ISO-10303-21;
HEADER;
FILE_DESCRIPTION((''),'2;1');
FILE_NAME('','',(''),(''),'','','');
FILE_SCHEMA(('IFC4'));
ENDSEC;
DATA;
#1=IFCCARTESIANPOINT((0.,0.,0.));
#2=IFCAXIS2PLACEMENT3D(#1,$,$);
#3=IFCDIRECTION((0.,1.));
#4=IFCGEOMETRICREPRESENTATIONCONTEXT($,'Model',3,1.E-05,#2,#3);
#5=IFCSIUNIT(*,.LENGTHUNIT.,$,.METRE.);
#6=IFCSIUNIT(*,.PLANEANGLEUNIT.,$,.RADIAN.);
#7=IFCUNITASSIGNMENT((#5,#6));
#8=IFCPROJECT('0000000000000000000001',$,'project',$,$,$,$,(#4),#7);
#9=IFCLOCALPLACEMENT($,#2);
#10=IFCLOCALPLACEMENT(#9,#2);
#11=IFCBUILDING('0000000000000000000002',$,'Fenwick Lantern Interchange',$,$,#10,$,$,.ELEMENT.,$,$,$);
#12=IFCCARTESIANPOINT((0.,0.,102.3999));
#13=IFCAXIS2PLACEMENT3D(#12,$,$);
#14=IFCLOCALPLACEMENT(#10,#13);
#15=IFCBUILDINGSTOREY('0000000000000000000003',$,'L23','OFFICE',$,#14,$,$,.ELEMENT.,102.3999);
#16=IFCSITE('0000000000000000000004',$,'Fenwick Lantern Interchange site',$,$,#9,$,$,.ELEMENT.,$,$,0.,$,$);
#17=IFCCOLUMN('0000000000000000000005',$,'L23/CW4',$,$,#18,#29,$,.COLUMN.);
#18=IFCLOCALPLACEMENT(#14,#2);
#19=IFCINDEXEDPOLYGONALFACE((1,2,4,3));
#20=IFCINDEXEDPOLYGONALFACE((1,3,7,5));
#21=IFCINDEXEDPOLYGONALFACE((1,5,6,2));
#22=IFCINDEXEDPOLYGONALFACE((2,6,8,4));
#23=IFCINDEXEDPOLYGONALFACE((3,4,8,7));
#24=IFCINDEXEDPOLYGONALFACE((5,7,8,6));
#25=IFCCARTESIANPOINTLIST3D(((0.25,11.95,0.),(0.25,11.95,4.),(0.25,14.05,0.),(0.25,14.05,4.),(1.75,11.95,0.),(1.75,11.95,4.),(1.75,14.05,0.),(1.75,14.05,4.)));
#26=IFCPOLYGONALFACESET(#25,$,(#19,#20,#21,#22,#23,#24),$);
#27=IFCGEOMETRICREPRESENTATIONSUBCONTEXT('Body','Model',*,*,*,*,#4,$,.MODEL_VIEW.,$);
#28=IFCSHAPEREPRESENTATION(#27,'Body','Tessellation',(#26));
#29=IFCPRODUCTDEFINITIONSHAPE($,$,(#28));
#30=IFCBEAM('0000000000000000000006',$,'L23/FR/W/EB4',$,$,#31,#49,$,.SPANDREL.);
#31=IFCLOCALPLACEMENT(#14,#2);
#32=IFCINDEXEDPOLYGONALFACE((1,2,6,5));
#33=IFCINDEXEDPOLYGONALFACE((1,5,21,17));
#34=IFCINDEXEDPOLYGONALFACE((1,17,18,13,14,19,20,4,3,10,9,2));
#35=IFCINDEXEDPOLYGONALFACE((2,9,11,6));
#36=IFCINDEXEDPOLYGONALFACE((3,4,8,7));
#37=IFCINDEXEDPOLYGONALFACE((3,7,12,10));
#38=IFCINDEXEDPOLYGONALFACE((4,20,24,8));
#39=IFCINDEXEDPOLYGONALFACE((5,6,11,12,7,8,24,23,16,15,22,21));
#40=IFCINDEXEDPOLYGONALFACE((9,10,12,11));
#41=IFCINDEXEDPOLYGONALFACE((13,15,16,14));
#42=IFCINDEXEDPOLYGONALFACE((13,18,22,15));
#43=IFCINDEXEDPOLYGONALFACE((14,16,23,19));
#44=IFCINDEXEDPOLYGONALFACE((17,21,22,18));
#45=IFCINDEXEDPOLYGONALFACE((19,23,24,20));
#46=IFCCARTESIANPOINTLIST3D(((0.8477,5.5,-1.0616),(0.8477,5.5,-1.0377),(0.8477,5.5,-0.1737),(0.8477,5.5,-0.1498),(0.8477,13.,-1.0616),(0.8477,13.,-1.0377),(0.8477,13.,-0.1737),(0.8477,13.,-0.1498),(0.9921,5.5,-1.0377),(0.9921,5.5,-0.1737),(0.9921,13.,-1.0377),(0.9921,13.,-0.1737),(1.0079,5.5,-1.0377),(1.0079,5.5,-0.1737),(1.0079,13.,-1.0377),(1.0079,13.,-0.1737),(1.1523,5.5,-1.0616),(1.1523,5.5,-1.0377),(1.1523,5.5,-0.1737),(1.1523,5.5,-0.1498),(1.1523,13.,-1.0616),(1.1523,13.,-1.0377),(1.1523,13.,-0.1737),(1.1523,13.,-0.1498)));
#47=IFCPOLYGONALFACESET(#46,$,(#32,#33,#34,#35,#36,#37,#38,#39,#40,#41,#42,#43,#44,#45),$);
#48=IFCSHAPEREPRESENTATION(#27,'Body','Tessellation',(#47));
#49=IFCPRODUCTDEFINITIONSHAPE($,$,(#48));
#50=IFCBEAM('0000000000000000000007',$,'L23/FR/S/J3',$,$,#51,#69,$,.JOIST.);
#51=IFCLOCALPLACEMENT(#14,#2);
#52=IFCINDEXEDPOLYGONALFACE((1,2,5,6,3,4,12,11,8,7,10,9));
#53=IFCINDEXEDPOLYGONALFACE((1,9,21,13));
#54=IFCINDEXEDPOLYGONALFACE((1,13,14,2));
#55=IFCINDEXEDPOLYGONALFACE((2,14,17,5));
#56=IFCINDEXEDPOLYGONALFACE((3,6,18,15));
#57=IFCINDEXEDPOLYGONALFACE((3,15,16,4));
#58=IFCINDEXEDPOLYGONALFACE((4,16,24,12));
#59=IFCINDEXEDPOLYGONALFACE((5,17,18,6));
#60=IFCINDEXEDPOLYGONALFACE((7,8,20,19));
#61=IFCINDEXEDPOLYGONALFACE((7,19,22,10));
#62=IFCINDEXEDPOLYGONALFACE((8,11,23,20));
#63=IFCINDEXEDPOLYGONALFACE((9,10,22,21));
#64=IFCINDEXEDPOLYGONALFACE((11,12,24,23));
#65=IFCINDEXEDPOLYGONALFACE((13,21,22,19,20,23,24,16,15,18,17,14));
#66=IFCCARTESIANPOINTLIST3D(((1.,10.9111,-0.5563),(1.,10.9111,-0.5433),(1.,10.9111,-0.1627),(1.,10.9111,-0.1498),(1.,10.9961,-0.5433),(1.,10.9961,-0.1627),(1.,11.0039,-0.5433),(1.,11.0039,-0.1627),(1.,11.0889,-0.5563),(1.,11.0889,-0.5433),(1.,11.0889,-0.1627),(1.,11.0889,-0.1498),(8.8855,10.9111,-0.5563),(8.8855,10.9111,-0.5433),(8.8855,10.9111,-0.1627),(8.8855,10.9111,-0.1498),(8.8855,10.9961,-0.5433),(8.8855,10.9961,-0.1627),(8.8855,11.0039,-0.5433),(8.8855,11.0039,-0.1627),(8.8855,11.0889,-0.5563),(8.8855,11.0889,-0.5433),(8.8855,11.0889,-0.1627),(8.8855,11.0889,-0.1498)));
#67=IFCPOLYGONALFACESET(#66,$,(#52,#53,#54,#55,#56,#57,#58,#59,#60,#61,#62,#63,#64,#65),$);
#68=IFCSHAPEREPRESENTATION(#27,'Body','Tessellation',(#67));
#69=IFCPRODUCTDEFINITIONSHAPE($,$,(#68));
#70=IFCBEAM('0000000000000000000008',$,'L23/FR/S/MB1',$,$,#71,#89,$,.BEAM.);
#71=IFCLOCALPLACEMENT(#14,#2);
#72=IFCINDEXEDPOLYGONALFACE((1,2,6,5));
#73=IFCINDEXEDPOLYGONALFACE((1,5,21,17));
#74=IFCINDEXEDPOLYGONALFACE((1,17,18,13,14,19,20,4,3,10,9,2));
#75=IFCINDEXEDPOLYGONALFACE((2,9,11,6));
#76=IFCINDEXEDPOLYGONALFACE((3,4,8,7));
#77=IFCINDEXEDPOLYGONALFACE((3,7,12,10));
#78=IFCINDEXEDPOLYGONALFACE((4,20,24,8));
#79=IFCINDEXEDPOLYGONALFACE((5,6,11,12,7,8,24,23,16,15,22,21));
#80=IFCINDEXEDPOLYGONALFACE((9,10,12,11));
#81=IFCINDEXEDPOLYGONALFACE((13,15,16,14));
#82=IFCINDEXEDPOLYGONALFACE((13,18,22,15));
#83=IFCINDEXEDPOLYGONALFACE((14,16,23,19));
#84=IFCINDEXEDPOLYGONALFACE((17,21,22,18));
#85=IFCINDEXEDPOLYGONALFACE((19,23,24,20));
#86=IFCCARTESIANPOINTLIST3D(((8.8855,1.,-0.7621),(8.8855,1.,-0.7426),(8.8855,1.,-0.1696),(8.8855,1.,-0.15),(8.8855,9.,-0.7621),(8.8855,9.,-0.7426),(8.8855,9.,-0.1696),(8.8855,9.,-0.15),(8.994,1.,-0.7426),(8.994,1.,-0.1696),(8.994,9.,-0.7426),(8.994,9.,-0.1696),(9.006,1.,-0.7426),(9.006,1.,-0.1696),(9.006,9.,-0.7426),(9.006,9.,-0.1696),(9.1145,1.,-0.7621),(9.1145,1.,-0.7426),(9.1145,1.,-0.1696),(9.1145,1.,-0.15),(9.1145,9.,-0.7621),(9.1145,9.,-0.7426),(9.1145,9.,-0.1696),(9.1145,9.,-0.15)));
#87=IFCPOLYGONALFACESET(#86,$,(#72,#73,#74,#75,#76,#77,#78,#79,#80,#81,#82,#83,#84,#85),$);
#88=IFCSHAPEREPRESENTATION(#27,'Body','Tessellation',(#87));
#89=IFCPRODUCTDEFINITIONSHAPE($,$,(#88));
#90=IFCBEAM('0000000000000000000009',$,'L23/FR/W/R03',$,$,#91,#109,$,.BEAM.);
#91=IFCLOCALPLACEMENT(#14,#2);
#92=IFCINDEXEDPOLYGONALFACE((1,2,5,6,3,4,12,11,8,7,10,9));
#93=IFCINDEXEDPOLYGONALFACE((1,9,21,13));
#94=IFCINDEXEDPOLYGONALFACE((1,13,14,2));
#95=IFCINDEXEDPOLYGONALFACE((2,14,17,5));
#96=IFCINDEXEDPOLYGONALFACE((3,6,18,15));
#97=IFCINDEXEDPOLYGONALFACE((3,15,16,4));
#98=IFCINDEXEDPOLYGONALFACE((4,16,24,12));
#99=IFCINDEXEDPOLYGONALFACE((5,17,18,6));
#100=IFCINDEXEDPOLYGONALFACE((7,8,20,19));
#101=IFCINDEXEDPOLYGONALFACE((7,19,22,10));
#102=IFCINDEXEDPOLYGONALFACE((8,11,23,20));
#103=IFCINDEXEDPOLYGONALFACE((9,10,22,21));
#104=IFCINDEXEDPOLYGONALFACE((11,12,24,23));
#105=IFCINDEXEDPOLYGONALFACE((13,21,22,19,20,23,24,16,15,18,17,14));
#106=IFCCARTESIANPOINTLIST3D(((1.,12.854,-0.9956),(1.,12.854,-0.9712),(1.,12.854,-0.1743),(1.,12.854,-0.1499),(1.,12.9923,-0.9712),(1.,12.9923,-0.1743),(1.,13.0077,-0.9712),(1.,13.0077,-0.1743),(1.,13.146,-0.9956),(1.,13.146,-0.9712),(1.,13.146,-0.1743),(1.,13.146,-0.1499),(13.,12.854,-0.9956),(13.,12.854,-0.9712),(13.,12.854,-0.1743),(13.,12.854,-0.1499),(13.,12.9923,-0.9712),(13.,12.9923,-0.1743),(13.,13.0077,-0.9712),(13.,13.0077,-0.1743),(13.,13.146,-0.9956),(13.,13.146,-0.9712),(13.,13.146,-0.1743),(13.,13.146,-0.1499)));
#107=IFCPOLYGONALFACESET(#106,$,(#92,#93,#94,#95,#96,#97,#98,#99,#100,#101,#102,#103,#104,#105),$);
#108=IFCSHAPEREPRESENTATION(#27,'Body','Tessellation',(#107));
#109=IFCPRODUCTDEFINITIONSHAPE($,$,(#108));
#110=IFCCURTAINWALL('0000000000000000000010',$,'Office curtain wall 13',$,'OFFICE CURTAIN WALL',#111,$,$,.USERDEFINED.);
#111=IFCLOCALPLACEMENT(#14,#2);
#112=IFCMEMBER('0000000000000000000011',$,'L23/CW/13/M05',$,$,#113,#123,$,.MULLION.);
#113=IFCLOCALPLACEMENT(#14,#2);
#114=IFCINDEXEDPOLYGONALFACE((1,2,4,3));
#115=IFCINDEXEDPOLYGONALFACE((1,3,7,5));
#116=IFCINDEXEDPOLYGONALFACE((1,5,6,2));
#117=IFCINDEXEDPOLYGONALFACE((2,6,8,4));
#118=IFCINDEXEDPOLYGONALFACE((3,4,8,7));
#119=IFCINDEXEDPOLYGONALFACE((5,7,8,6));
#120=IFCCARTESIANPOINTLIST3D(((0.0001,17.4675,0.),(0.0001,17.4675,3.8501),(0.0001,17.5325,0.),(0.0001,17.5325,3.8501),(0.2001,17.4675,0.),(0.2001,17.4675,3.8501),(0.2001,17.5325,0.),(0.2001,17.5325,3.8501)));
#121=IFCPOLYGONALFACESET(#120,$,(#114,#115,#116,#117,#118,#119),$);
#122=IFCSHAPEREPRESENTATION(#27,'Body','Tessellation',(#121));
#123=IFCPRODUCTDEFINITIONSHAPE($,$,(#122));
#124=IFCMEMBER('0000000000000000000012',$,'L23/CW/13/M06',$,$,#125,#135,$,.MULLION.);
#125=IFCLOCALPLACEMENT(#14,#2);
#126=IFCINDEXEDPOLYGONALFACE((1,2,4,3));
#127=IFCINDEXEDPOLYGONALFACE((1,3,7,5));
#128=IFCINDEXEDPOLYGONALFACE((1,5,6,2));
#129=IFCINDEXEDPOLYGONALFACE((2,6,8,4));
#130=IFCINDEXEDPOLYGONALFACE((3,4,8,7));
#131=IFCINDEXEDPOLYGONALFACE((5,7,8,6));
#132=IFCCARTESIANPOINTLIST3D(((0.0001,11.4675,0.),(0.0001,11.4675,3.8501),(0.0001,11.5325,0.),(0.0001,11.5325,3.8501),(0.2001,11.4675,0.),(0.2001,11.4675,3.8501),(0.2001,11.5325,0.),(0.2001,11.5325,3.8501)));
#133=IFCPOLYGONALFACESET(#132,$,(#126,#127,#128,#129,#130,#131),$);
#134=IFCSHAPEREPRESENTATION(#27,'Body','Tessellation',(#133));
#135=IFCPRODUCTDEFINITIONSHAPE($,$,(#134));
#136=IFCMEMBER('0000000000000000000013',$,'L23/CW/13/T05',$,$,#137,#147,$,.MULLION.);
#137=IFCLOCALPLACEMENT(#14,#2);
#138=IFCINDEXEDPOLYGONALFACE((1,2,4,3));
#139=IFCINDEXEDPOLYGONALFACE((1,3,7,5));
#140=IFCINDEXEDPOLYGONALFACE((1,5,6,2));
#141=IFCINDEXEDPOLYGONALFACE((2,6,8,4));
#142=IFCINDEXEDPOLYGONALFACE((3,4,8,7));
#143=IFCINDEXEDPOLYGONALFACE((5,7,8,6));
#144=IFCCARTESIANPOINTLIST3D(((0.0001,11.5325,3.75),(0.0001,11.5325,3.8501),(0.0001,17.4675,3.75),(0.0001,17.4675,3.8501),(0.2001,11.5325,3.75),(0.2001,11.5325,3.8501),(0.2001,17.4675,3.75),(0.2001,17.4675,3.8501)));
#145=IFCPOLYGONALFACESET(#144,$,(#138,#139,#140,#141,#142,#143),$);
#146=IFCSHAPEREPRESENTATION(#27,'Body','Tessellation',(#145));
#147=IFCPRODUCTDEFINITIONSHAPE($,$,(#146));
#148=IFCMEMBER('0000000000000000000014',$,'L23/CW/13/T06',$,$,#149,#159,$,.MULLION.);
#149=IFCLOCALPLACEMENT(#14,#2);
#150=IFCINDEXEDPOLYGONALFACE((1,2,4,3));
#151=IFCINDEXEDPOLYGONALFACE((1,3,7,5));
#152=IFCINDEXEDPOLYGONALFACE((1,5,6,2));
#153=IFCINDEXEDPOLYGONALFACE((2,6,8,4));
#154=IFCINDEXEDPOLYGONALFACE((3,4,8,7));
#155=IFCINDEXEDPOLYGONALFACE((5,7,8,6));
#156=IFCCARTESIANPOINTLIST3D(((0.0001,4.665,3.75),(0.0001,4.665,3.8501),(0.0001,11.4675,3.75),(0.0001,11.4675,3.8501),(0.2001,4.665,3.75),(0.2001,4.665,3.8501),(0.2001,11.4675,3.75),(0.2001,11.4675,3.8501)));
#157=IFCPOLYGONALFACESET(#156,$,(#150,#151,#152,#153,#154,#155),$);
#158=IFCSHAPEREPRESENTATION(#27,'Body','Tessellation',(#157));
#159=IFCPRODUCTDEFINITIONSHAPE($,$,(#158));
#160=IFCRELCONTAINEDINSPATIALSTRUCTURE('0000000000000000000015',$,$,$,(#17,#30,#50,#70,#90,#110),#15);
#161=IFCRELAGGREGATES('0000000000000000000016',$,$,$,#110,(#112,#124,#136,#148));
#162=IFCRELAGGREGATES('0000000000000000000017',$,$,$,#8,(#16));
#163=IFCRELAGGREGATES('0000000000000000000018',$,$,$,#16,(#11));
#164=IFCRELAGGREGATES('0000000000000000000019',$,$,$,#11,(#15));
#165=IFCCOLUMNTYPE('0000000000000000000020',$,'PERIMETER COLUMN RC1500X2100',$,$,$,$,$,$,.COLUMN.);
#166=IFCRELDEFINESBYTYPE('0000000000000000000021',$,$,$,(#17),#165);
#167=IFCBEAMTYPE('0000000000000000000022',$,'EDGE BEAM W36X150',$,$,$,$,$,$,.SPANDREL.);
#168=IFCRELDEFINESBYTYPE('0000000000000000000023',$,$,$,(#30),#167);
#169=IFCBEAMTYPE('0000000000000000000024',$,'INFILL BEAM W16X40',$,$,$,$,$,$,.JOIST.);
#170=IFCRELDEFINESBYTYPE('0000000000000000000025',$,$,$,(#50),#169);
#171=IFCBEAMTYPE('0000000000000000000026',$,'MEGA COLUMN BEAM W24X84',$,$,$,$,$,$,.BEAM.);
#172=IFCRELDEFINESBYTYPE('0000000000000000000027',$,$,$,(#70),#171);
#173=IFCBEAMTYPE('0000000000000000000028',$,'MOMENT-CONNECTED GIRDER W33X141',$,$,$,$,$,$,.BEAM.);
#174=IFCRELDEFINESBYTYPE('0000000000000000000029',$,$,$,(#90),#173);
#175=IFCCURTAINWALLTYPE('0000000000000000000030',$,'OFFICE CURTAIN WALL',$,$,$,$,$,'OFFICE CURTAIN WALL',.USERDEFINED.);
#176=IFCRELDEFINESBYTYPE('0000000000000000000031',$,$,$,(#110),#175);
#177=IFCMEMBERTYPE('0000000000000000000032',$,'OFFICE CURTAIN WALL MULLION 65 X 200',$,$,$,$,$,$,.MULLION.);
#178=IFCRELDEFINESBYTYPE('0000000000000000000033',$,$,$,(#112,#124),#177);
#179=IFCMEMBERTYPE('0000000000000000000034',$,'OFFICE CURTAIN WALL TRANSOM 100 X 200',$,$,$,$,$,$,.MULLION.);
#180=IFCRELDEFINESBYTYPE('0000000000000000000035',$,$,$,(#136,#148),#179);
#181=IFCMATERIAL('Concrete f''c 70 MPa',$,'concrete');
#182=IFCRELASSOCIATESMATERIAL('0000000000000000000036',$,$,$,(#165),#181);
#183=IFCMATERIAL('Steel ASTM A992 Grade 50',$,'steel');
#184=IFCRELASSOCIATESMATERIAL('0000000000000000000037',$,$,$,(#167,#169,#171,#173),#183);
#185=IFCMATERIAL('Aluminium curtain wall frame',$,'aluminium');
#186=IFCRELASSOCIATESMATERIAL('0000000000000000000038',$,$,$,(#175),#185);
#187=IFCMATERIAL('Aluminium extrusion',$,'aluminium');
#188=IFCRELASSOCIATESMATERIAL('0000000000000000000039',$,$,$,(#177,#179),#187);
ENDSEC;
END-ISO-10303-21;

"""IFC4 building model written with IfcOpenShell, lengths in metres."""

from ifc_helpers import new_model, si_unit, direction, frame, origin, origin_2d, place, context, subcontext, project, spatial, rectangle, i_section, extrude, material, material_profile, profile_set, type_object, element, aggregate, save


model = new_model("IFC4")

# Units and contexts
model_context = context("Model", 3, precision=1e-05, world=origin(), true_north=direction((0.0, 1.0)))
body_context = subcontext(model_context, "Body", "Model", "MODEL_VIEW")
ifc_project = project(units=[si_unit("LENGTHUNIT", "METRE"), si_unit("PLANEANGLEUNIT", "RADIAN")], contexts=[model_context])

# Site, building, storey
site_placement = place(None, origin())
site = spatial("IfcSite", under=ifc_project, at=site_placement, Name="Fenwick Lantern Interchange site", CompositionType="ELEMENT", RefElevation=0.0)
building_placement = place(site_placement, origin())
building = spatial("IfcBuilding", under=site, at=building_placement, Name="Fenwick Lantern Interchange", CompositionType="ELEMENT")
storey_placement = place(building_placement, frame((0.0, 0.0, 102.3999)))
storey = spatial("IfcBuildingStorey", under=building, at=storey_placement, Name="L23", Description="OFFICE", CompositionType="ELEMENT", Elevation=102.3999)

# Column
ifc_material_1 = material(Name="Concrete f'c 70 MPa", Category="concrete")
ifc_material_profile_1 = material_profile(ifc_material_1, rectangle(XDim=1.5, YDim=2.1001, at=origin_2d()), Name="RC1500X2100")
ifc_profile_set_1 = profile_set([ifc_material_profile_1], Name="Concrete f'c 70 MPa")
column_type = type_object("IfcColumnType", Name="PERIMETER COLUMN RC1500X2100", PredefinedType="COLUMN", material=ifc_profile_set_1)
column_placement = place(storey_placement, frame((1.0, 13.0, 0.0), z_axis=(0.0, 0.0, 1.0), x_axis=(1.0, 0.0, 0.0)))
element("IfcColumn", 1, at=column_placement, inside=storey, type_object=column_type, Name="L23/CW4", PredefinedType="COLUMN", context=body_context, shape_type="SweptSolid", body=[
    extrude(rectangle(XDim=1.5, YDim=2.1001, at=origin_2d()), origin(), (0.0, 0.0, 1.0), 4.0),
])

# Beams
ifc_material_2 = material(Name="Steel ASTM A992 Grade 50", Category="steel")
ifc_material_profile_2 = material_profile(ifc_material_2, i_section(OverallWidth=0.3047, OverallDepth=0.9119, WebThickness=0.0159, FlangeThickness=0.0239, at=origin_2d()), Name="W36X150")
ifc_profile_set_2 = profile_set([ifc_material_profile_2], Name="Steel ASTM A992 Grade 50")
beam_type_1 = type_object("IfcBeamType", Name="EDGE BEAM W36X150", PredefinedType="SPANDREL", material=ifc_profile_set_2)
beam_1_placement = place(storey_placement, frame((1.0, 13.0, -0.6057), z_axis=(0.0, -1.0, 0.0), x_axis=(1.0, 0.0, 0.0)))
element("IfcBeam", 2, at=beam_1_placement, inside=storey, type_object=beam_type_1, Name="L23/FR/W/EB4", PredefinedType="SPANDREL", context=body_context, shape_type="SweptSolid", body=[
    extrude(i_section(OverallWidth=0.3047, OverallDepth=0.9119, WebThickness=0.0159, FlangeThickness=0.0239, at=origin_2d()), origin(), (0.0, 0.0, 1.0), 7.5),
])
ifc_material_profile_3 = material_profile(ifc_material_2, i_section(OverallWidth=0.1777, OverallDepth=0.4065, WebThickness=0.0078, FlangeThickness=0.0129, at=origin_2d()), Name="W16X40")
ifc_profile_set_3 = profile_set([ifc_material_profile_3], Name="Steel ASTM A992 Grade 50")
beam_type_2 = type_object("IfcBeamType", Name="INFILL BEAM W16X40", PredefinedType="JOIST", material=ifc_profile_set_3)
beam_2_placement = place(storey_placement, frame((1.0, 11.0, -0.353), z_axis=(1.0, 0.0, 0.0), x_axis=(0.0, 1.0, 0.0)))
element("IfcBeam", 3, at=beam_2_placement, inside=storey, type_object=beam_type_2, Name="L23/FR/S/J3", PredefinedType="JOIST", context=body_context, shape_type="SweptSolid", body=[
    extrude(i_section(OverallWidth=0.1777, OverallDepth=0.4065, WebThickness=0.0078, FlangeThickness=0.0129, at=origin_2d()), origin(), (0.0, 0.0, 1.0), 7.8855),
])
ifc_material_profile_4 = material_profile(ifc_material_2, i_section(OverallWidth=0.229, OverallDepth=0.6121, WebThickness=0.012, FlangeThickness=0.0195, at=origin_2d()), Name="W24X84")
ifc_profile_set_4 = profile_set([ifc_material_profile_4], Name="Steel ASTM A992 Grade 50")
beam_type_3 = type_object("IfcBeamType", Name="MEGA COLUMN BEAM W24X84", PredefinedType="BEAM", material=ifc_profile_set_4)
beam_3_placement = place(storey_placement, frame((9.0, 9.0, -0.4561), z_axis=(0.0, -1.0, 0.0), x_axis=(1.0, 0.0, 0.0)))
element("IfcBeam", 4, at=beam_3_placement, inside=storey, type_object=beam_type_3, Name="L23/FR/S/MB1", PredefinedType="BEAM", context=body_context, shape_type="SweptSolid", body=[
    extrude(i_section(OverallWidth=0.229, OverallDepth=0.6121, WebThickness=0.012, FlangeThickness=0.0195, at=origin_2d()), origin(), (0.0, 0.0, 1.0), 8.0),
])
ifc_material_profile_5 = material_profile(ifc_material_2, i_section(OverallWidth=0.292, OverallDepth=0.8457, WebThickness=0.0154, FlangeThickness=0.0244, at=origin_2d()), Name="W33X141")
ifc_profile_set_5 = profile_set([ifc_material_profile_5], Name="Steel ASTM A992 Grade 50")
beam_type_4 = type_object("IfcBeamType", Name="MOMENT-CONNECTED GIRDER W33X141", PredefinedType="BEAM", material=ifc_profile_set_5)
beam_4_placement = place(storey_placement, frame((1.0, 13.0, -0.5728), z_axis=(1.0, 0.0, 0.0), x_axis=(0.0, 1.0, 0.0)))
element("IfcBeam", 5, at=beam_4_placement, inside=storey, type_object=beam_type_4, Name="L23/FR/W/R03", PredefinedType="BEAM", context=body_context, shape_type="SweptSolid", body=[
    extrude(i_section(OverallWidth=0.292, OverallDepth=0.8457, WebThickness=0.0154, FlangeThickness=0.0244, at=origin_2d()), origin(), (0.0, 0.0, 1.0), 12.0),
])

# Curtain wall, members
ifc_material_3 = material(Name="Aluminium curtain wall frame", Category="aluminium")
curtain_wall_type = type_object("IfcCurtainWallType", Name="OFFICE CURTAIN WALL", ElementType="OFFICE CURTAIN WALL", PredefinedType="USERDEFINED", material=ifc_material_3)
curtain_wall_placement = place(storey_placement, origin())
curtain_wall = element("IfcCurtainWall", 6, at=curtain_wall_placement, inside=storey, type_object=curtain_wall_type, Name="Office curtain wall 13", ObjectType="OFFICE CURTAIN WALL", PredefinedType="USERDEFINED")
ifc_material_4 = material(Name="Aluminium extrusion", Category="aluminium")
ifc_material_profile_6 = material_profile(ifc_material_4, rectangle(XDim=0.2, YDim=0.0649, at=origin_2d()), Name="OFFICE CURTAIN WALL MULLION 65 X 200")
ifc_profile_set_6 = profile_set([ifc_material_profile_6], Name="Aluminium extrusion")
member_type_1 = type_object("IfcMemberType", Name="OFFICE CURTAIN WALL MULLION 65 X 200", PredefinedType="MULLION", material=ifc_profile_set_6)
member_1_placement = place(storey_placement, frame((0.1001, 17.5, 0.0), z_axis=(0.0, 0.0, 1.0), x_axis=(1.0, 0.0, 0.0)))
member_1 = element("IfcMember", 7, at=member_1_placement, type_object=member_type_1, Name="L23/CW/13/M05", PredefinedType="MULLION", context=body_context, shape_type="SweptSolid", body=[
    extrude(rectangle(XDim=0.2, YDim=0.0649, at=origin_2d()), origin(), (0.0, 0.0, 1.0), 3.8501),
])
member_2_placement = place(storey_placement, frame((0.1001, 11.5, 0.0), z_axis=(0.0, 0.0, 1.0), x_axis=(1.0, 0.0, 0.0)))
member_2 = element("IfcMember", 8, at=member_2_placement, type_object=member_type_1, Name="L23/CW/13/M06", PredefinedType="MULLION", context=body_context, shape_type="SweptSolid", body=[
    extrude(rectangle(XDim=0.2, YDim=0.0649, at=origin_2d()), origin(), (0.0, 0.0, 1.0), 3.8501),
])
ifc_material_profile_7 = material_profile(ifc_material_4, rectangle(XDim=0.2, YDim=0.1001, at=origin_2d()), Name="OFFICE CURTAIN WALL TRANSOM 100 X 200")
ifc_profile_set_7 = profile_set([ifc_material_profile_7], Name="Aluminium extrusion")
member_type_2 = type_object("IfcMemberType", Name="OFFICE CURTAIN WALL TRANSOM 100 X 200", PredefinedType="MULLION", material=ifc_profile_set_7)
member_3_placement = place(storey_placement, frame((0.1001, 17.4675, 3.8), z_axis=(0.0, -1.0, 0.0), x_axis=(1.0, 0.0, 0.0)))
member_3 = element("IfcMember", 9, at=member_3_placement, type_object=member_type_2, Name="L23/CW/13/T05", PredefinedType="MULLION", context=body_context, shape_type="SweptSolid", body=[
    extrude(rectangle(XDim=0.2, YDim=0.1001, at=origin_2d()), origin(), (0.0, 0.0, 1.0), 5.9351),
])
member_4_placement = place(storey_placement, frame((0.1001, 11.4675, 3.8), z_axis=(0.0, -1.0, 0.0), x_axis=(1.0, 0.0, 0.0)))
member_4 = element("IfcMember", 10, at=member_4_placement, type_object=member_type_2, Name="L23/CW/13/T06", PredefinedType="MULLION", context=body_context, shape_type="SweptSolid", body=[
    extrude(rectangle(XDim=0.2, YDim=0.1001, at=origin_2d()), origin(), (0.0, 0.0, 1.0), 6.8025),
])
aggregate(curtain_wall, [member_1, member_2, member_3, member_4])

save(model, "model.ifc")
